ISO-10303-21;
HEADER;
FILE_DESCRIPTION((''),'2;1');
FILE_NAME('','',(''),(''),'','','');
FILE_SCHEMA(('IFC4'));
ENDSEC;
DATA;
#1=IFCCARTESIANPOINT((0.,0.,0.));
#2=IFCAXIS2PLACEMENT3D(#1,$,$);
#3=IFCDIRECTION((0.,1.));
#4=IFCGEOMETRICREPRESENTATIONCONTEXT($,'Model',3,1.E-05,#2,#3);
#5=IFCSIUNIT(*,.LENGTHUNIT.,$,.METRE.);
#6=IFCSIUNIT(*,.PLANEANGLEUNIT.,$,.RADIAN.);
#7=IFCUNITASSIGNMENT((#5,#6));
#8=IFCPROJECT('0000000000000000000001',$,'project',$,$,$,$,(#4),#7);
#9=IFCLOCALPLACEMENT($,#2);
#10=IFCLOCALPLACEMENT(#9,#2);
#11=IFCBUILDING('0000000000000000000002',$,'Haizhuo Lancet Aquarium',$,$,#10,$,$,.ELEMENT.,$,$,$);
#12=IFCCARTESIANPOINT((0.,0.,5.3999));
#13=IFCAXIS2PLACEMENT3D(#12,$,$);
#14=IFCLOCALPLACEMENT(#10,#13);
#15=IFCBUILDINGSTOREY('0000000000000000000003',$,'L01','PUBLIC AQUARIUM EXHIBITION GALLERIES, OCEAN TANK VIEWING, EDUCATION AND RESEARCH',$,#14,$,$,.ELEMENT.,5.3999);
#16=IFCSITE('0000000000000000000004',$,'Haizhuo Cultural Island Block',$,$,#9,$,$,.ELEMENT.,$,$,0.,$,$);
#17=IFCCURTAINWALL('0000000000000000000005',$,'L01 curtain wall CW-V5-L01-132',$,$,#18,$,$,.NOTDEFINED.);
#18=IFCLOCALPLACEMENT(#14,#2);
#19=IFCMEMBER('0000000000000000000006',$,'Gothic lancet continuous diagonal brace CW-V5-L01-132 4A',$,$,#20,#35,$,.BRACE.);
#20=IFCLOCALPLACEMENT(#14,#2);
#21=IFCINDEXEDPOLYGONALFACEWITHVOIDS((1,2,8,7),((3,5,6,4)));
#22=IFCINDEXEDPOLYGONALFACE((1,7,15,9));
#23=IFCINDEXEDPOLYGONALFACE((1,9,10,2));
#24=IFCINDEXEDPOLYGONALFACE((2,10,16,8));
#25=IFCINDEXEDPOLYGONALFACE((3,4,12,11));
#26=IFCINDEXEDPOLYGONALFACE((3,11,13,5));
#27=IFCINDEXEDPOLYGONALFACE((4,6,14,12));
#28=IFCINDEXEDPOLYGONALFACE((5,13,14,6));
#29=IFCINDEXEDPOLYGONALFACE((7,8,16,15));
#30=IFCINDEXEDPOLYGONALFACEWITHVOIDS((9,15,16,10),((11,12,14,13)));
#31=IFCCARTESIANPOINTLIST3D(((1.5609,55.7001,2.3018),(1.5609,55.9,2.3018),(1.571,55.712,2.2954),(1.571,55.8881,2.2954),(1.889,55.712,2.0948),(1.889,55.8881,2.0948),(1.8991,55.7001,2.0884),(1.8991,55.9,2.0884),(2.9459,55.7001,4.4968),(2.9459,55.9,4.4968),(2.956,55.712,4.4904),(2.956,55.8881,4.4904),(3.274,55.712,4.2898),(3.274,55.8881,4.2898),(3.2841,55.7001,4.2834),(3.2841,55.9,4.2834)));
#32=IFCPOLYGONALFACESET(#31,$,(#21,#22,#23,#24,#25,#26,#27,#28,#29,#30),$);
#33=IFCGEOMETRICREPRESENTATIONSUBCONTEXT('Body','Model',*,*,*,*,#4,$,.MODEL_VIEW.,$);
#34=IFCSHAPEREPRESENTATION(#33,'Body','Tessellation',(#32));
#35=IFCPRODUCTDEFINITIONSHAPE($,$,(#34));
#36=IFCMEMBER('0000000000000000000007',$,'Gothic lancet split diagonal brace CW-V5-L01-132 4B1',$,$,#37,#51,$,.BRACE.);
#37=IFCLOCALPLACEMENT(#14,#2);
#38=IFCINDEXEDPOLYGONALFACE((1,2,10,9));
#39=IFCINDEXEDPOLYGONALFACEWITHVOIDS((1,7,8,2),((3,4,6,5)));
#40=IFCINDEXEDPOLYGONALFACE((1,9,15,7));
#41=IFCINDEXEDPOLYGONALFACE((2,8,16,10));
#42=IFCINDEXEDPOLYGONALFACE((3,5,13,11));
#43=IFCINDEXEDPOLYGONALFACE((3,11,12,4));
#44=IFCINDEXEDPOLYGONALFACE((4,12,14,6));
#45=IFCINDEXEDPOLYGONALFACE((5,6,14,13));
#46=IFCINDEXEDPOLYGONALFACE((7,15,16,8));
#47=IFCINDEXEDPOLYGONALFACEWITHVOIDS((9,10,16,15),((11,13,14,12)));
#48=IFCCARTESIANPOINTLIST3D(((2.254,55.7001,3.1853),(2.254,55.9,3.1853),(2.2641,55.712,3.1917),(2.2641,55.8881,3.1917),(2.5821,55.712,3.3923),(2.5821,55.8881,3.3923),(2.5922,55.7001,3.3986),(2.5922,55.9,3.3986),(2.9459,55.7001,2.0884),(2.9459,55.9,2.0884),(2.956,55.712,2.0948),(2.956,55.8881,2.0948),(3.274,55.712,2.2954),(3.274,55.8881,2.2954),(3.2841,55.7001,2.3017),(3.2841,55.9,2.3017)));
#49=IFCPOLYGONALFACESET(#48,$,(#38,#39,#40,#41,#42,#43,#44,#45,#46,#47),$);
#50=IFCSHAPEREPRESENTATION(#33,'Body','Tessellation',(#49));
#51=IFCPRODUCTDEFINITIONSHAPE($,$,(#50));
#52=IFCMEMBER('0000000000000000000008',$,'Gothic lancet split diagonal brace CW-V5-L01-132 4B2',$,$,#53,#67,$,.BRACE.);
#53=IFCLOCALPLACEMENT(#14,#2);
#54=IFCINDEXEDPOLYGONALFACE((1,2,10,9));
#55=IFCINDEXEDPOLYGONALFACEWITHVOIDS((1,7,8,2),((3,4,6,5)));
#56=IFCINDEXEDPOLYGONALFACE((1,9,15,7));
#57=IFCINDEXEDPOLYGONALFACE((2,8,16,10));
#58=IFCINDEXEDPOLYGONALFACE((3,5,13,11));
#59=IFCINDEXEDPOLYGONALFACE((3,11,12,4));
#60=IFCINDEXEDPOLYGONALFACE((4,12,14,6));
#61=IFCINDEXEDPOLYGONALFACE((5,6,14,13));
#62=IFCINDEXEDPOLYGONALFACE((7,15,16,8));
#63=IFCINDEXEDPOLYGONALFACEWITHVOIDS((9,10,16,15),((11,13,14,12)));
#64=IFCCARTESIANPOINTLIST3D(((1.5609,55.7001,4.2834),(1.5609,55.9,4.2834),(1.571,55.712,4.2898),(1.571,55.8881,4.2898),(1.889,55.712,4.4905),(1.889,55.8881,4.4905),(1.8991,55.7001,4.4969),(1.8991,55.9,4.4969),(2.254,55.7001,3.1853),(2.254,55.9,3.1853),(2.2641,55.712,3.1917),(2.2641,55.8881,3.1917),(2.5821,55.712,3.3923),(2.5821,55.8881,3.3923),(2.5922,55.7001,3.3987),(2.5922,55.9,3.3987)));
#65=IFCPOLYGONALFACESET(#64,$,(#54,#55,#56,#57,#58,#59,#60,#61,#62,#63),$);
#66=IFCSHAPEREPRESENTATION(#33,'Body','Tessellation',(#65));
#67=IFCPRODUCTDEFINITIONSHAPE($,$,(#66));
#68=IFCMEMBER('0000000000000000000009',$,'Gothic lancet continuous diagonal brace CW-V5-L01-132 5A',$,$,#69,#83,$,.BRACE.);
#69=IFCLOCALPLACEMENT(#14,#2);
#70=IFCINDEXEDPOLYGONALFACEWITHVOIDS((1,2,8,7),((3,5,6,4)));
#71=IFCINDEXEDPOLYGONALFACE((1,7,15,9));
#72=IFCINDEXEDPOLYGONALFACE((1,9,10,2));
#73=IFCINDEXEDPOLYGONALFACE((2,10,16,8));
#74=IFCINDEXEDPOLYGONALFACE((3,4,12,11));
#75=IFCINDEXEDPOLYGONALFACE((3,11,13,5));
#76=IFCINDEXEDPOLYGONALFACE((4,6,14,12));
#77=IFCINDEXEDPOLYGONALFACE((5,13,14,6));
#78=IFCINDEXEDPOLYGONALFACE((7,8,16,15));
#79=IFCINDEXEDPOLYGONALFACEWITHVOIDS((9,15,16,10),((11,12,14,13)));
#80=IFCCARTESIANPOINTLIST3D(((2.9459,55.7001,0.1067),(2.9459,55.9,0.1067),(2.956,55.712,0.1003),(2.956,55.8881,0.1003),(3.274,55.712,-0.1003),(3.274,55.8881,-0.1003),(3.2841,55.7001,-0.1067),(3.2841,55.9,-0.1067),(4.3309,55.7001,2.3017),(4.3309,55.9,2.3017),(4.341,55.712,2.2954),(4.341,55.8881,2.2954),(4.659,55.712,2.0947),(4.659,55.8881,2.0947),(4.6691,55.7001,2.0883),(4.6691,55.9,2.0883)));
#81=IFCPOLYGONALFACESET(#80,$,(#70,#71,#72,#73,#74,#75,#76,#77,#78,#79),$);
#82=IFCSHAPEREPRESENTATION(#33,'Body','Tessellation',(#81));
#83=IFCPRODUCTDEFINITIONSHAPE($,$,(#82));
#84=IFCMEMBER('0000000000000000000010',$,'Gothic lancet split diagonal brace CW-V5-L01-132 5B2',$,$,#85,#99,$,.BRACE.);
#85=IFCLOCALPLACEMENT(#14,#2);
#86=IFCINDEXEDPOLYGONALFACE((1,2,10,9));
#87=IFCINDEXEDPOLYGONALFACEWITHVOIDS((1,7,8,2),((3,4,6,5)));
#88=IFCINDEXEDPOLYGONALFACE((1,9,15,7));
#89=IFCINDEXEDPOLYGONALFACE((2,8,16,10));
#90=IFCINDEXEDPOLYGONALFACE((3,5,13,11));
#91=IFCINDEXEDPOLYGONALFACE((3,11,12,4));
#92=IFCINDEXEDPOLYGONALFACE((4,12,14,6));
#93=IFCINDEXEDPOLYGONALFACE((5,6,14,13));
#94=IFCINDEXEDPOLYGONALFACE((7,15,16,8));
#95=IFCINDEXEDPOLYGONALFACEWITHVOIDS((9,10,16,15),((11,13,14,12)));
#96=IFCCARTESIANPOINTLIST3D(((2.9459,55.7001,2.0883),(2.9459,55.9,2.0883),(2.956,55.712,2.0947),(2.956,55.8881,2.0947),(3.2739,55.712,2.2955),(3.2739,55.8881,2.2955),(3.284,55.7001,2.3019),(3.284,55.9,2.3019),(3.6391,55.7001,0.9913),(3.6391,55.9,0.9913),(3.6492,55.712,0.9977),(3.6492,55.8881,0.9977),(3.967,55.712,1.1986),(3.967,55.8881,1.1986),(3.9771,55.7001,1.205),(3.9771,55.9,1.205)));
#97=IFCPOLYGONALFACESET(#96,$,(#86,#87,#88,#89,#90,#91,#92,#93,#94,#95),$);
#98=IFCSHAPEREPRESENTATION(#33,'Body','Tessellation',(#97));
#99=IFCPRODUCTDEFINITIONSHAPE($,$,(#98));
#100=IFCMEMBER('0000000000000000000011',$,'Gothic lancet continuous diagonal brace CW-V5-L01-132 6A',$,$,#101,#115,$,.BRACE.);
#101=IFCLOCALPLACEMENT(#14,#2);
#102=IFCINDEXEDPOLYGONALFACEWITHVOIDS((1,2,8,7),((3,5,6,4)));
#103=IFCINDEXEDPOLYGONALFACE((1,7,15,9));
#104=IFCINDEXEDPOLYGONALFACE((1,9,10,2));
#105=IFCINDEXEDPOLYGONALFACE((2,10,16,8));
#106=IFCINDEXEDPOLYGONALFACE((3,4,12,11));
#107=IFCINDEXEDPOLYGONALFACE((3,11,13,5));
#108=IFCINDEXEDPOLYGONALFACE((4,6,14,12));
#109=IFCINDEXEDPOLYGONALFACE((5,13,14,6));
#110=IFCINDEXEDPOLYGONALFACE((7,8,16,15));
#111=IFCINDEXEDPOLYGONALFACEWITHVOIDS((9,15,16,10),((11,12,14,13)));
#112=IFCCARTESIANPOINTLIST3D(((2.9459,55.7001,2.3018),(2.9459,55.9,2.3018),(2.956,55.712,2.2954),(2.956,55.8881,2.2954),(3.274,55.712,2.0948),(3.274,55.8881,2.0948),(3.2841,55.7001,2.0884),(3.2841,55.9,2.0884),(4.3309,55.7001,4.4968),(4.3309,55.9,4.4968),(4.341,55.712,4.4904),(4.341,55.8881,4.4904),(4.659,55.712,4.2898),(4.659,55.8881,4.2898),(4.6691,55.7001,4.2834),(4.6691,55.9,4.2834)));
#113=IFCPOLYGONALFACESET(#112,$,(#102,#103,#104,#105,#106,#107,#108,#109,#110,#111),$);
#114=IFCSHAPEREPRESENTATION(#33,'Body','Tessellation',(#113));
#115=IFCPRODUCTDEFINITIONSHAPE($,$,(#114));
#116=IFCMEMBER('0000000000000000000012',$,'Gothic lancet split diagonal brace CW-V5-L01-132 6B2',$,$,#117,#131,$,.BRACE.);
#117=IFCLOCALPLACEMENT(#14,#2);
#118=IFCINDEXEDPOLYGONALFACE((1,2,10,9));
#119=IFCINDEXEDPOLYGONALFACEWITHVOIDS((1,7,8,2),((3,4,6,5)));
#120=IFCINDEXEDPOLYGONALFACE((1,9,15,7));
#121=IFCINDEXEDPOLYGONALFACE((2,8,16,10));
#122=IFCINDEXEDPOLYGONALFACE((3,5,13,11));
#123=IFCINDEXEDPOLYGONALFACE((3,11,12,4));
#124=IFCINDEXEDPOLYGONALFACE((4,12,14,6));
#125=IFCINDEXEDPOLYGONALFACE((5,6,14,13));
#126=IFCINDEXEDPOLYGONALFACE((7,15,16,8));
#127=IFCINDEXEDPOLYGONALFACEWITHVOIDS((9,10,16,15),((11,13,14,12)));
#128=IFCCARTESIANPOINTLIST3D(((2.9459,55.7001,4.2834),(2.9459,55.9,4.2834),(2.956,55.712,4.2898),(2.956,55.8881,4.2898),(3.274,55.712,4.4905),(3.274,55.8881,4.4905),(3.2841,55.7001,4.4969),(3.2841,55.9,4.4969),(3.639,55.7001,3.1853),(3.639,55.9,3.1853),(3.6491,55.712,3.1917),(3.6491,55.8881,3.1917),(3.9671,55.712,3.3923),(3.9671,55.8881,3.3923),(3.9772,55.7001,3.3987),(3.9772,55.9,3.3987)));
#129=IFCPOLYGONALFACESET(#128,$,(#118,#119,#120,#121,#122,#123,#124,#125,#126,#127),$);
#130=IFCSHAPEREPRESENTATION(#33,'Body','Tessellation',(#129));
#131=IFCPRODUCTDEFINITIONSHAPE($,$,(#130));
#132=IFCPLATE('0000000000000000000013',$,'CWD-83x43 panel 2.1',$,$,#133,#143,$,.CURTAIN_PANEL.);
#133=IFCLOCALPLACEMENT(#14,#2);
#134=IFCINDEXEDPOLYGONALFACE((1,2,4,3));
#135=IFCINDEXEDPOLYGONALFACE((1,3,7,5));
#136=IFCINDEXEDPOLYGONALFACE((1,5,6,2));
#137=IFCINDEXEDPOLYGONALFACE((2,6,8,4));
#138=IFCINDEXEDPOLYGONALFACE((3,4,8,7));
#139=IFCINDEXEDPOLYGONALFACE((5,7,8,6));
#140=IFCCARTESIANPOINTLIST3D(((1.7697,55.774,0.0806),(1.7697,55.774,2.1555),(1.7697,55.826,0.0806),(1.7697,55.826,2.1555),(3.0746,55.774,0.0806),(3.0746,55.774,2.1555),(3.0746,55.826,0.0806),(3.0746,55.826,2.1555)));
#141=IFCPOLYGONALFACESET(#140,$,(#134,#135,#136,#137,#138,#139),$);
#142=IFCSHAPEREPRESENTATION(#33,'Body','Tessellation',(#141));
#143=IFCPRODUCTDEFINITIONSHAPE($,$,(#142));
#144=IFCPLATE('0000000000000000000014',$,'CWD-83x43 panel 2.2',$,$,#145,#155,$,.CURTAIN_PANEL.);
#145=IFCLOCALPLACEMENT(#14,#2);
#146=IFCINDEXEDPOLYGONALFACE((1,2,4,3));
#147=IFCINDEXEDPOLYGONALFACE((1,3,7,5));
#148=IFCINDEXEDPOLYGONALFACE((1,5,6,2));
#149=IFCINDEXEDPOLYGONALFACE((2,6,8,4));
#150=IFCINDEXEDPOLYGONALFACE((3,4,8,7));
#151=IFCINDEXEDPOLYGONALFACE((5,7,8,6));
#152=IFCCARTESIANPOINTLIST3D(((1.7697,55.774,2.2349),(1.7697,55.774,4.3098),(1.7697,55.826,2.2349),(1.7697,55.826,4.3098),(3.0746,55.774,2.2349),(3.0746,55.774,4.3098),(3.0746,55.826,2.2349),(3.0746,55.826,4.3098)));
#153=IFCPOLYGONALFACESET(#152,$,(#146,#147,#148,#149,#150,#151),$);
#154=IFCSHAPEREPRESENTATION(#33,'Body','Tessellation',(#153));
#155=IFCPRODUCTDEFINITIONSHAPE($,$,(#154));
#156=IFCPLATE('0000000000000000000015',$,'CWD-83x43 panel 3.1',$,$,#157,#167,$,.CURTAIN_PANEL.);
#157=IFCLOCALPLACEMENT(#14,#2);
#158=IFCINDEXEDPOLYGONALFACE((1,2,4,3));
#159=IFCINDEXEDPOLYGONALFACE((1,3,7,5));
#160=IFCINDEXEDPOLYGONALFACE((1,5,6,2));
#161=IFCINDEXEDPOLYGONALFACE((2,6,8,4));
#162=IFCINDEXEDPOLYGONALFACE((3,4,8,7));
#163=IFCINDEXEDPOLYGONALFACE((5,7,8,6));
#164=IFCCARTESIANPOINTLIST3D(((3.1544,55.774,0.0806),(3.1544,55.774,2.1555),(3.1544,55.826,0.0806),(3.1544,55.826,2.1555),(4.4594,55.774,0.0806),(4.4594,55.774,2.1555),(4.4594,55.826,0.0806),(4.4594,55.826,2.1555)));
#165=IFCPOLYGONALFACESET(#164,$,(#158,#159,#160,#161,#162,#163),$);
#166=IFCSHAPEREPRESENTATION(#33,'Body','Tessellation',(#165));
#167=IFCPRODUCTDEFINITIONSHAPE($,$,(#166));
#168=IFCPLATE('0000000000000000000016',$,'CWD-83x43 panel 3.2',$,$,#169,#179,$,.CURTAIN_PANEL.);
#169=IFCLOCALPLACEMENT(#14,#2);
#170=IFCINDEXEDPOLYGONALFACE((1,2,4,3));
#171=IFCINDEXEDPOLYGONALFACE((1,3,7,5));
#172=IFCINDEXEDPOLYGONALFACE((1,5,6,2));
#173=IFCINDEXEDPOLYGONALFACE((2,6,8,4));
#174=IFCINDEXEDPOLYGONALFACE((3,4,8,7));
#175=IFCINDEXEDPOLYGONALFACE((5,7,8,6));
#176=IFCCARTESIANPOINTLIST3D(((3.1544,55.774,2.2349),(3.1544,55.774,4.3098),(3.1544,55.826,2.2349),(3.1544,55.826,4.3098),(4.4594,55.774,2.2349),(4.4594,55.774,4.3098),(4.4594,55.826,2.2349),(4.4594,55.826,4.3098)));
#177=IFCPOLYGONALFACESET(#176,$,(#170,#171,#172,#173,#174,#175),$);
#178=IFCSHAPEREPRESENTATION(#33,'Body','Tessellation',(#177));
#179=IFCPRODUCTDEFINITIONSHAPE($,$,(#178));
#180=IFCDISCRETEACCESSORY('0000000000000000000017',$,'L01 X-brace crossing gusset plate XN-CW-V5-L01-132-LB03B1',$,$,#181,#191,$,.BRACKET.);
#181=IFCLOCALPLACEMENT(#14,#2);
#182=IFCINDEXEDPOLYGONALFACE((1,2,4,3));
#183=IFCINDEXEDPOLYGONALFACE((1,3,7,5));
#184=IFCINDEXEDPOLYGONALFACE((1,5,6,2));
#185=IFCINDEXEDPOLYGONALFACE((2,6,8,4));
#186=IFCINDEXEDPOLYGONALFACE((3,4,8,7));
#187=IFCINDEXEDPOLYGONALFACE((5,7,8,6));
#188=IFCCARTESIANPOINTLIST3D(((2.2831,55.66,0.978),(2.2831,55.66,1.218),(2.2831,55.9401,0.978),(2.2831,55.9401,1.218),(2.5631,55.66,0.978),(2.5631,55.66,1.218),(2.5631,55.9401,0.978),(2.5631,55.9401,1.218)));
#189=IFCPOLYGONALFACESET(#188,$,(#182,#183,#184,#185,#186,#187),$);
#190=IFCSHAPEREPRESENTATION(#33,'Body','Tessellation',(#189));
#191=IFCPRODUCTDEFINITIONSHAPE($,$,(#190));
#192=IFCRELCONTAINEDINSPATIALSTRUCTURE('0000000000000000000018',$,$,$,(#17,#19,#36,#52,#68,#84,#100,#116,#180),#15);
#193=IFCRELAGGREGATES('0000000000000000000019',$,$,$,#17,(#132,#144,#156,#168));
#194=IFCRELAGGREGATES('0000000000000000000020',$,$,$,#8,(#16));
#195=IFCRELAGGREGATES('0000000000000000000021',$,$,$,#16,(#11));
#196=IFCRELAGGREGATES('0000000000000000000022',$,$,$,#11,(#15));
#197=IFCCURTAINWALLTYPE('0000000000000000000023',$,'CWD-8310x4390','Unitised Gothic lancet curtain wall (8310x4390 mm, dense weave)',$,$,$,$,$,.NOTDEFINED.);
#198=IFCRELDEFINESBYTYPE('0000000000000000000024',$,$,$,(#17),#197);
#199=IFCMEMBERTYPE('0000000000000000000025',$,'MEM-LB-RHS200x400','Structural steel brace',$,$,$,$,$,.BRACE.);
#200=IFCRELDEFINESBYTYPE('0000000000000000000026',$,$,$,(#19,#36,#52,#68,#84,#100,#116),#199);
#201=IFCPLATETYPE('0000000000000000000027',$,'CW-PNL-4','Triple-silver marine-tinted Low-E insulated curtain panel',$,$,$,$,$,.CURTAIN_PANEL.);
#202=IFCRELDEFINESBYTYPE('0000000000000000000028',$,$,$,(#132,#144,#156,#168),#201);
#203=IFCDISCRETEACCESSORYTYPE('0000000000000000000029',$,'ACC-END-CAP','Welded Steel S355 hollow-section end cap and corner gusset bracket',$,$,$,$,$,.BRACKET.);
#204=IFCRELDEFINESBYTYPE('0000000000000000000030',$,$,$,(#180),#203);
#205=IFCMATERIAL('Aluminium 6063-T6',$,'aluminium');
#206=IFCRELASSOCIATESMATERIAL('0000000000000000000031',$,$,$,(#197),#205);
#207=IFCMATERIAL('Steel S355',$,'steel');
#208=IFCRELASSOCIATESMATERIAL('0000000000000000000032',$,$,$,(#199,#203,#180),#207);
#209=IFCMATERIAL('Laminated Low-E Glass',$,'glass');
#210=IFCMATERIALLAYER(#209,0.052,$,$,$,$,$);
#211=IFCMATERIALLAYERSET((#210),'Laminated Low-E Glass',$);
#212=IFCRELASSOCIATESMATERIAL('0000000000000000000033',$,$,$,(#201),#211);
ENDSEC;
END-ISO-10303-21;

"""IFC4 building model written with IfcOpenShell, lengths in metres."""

from ifc_helpers import new_model, si_unit, direction, frame, origin, origin_2d, place, context, subcontext, project, spatial, rectangle, hollow_rectangle, extrude, material, layer, layer_set, material_profile, profile_set, type_object, element, aggregate, save


model = new_model("IFC4")

# Units and contexts
model_context = context("Model", 3, precision=1e-05, world=origin(), true_north=direction((0.0, 1.0)))
body_context = subcontext(model_context, "Body", "Model", "MODEL_VIEW")
ifc_project = project(units=[si_unit("LENGTHUNIT", "METRE"), si_unit("PLANEANGLEUNIT", "RADIAN")], contexts=[model_context])

# Site, building, storey
site_placement = place(None, origin())
site = spatial("IfcSite", under=ifc_project, at=site_placement, Name="Haizhuo Cultural Island Block", CompositionType="ELEMENT", RefElevation=0.0)
building_placement = place(site_placement, origin())
building = spatial("IfcBuilding", under=site, at=building_placement, Name="Haizhuo Lancet Aquarium", CompositionType="ELEMENT")
storey_placement = place(building_placement, frame((0.0, 0.0, 5.3999)))
storey = spatial("IfcBuildingStorey", under=building, at=storey_placement, Name="L01", Description="PUBLIC AQUARIUM EXHIBITION GALLERIES, OCEAN TANK VIEWING, EDUCATION AND RESEARCH", CompositionType="ELEMENT", Elevation=5.3999)

# Curtain wall
ifc_material_1 = material(Name="Aluminium 6063-T6", Category="aluminium")
curtain_wall_type = type_object("IfcCurtainWallType", Name="CWD-8310x4390", Description="Unitised Gothic lancet curtain wall (8310x4390 mm, dense weave)", PredefinedType="NOTDEFINED", material=ifc_material_1)
curtain_wall_placement = place(storey_placement, origin())
curtain_wall = element("IfcCurtainWall", 1, at=curtain_wall_placement, inside=storey, type_object=curtain_wall_type, Name="L01 curtain wall CW-V5-L01-132", PredefinedType="NOTDEFINED")

# Members
ifc_material_2 = material(Name="Steel S355", Category="steel")
ifc_material_profile_1 = material_profile(ifc_material_2, hollow_rectangle(XDim=0.2, YDim=0.3999, WallThickness=0.012, at=origin_2d()), Name="RHS 200x400x12")
ifc_profile_set_1 = profile_set([ifc_material_profile_1], Name="Steel S355")
member_type_1 = type_object("IfcMemberType", Name="MEM-LB-RHS200x400", Description="Structural steel brace", PredefinedType="BRACE", material=ifc_profile_set_1)
member_1_placement = place(storey_placement, frame((1.73, 55.8, 2.1951), z_axis=(0.533621, 0.0, 0.845724), x_axis=(0.0, 1.0, 0.0)))
element("IfcMember", 2, at=member_1_placement, inside=storey, type_object=member_type_1, Name="Gothic lancet continuous diagonal brace CW-V5-L01-132 4A", PredefinedType="BRACE", context=body_context, shape_type="SweptSolid", body=[
    extrude(hollow_rectangle(XDim=0.2, YDim=0.3999, WallThickness=0.012, at=origin_2d()), origin(), (0.0, 0.0, 1.0), 2.5955),
])
member_2_placement = place(storey_placement, frame((3.115, 55.8, 2.1951), z_axis=(-0.533497, 0.0, 0.845802), x_axis=(0.0, -1.0, 0.0)))
element("IfcMember", 3, at=member_2_placement, inside=storey, type_object=member_type_1, Name="Gothic lancet split diagonal brace CW-V5-L01-132 4B1", PredefinedType="BRACE", context=body_context, shape_type="SweptSolid", body=[
    extrude(hollow_rectangle(XDim=0.2, YDim=0.3999, WallThickness=0.012, at=origin_2d()), origin(), (0.0, 0.0, 1.0), 1.2969),
])
member_3_placement = place(storey_placement, frame((2.4231, 55.8, 3.292), z_axis=(-0.533745, 0.0, 0.845645), x_axis=(0.0, -1.0, 0.0)))
element("IfcMember", 4, at=member_3_placement, inside=storey, type_object=member_type_1, Name="Gothic lancet split diagonal brace CW-V5-L01-132 4B2", PredefinedType="BRACE", context=body_context, shape_type="SweptSolid", body=[
    extrude(hollow_rectangle(XDim=0.2, YDim=0.3999, WallThickness=0.012, at=origin_2d()), origin(), (0.0, 0.0, 1.0), 1.2986),
])
member_4_placement = place(storey_placement, frame((3.115, 55.8, 0.0), z_axis=(0.533621, 0.0, 0.845724), x_axis=(0.0, 1.0, 0.0)))
element("IfcMember", 5, at=member_4_placement, inside=storey, type_object=member_type_1, Name="Gothic lancet continuous diagonal brace CW-V5-L01-132 5A", PredefinedType="BRACE", context=body_context, shape_type="SweptSolid", body=[
    extrude(hollow_rectangle(XDim=0.2, YDim=0.3999, WallThickness=0.012, at=origin_2d()), origin(), (0.0, 0.0, 1.0), 2.5955),
])
member_5_placement = place(storey_placement, frame((3.8081, 55.8, 1.0981), z_axis=(-0.53417, 0.0, 0.845377), x_axis=(0.0, -1.0, 0.0)))
element("IfcMember", 6, at=member_5_placement, inside=storey, type_object=member_type_1, Name="Gothic lancet split diagonal brace CW-V5-L01-132 5B2", PredefinedType="BRACE", context=body_context, shape_type="SweptSolid", body=[
    extrude(hollow_rectangle(XDim=0.2, YDim=0.3999, WallThickness=0.012, at=origin_2d()), origin(), (0.0, 0.0, 1.0), 1.2976),
])
member_6_placement = place(storey_placement, frame((3.115, 55.8, 2.1951), z_axis=(0.533621, 0.0, 0.845724), x_axis=(0.0, 1.0, 0.0)))
element("IfcMember", 7, at=member_6_placement, inside=storey, type_object=member_type_1, Name="Gothic lancet continuous diagonal brace CW-V5-L01-132 6A", PredefinedType="BRACE", context=body_context, shape_type="SweptSolid", body=[
    extrude(hollow_rectangle(XDim=0.2, YDim=0.3999, WallThickness=0.012, at=origin_2d()), origin(), (0.0, 0.0, 1.0), 2.5955),
])
member_7_placement = place(storey_placement, frame((3.8081, 55.8, 3.292), z_axis=(-0.533745, 0.0, 0.845645), x_axis=(0.0, -1.0, 0.0)))
element("IfcMember", 8, at=member_7_placement, inside=storey, type_object=member_type_1, Name="Gothic lancet split diagonal brace CW-V5-L01-132 6B2", PredefinedType="BRACE", context=body_context, shape_type="SweptSolid", body=[
    extrude(hollow_rectangle(XDim=0.2, YDim=0.3999, WallThickness=0.012, at=origin_2d()), origin(), (0.0, 0.0, 1.0), 1.2986),
])

# Plates
ifc_material_3 = material(Name="Laminated Low-E Glass", Category="glass")
ifc_layer = layer(ifc_material_3, 0.052)
ifc_layer_set = layer_set([ifc_layer], Name="Laminated Low-E Glass")
plate_type = type_object("IfcPlateType", Name="CW-PNL-4", Description="Triple-silver marine-tinted Low-E insulated curtain panel", PredefinedType="CURTAIN_PANEL", material=ifc_layer_set)
plate_1_placement = place(storey_placement, frame((2.4221, 55.8, 0.0806), z_axis=(0.0, 0.0, 1.0), x_axis=(1.0, 0.0, 0.0)))
plate_1 = element("IfcPlate", 9, at=plate_1_placement, type_object=plate_type, Name="CWD-83x43 panel 2.1", PredefinedType="CURTAIN_PANEL", context=body_context, shape_type="SweptSolid", body=[
    extrude(rectangle(XDim=1.3049, YDim=0.052, at=origin_2d()), origin(), (0.0, 0.0, 1.0), 2.075),
])
plate_2_placement = place(storey_placement, frame((2.4221, 55.8, 2.2349), z_axis=(0.0, 0.0, 1.0), x_axis=(1.0, 0.0, 0.0)))
plate_2 = element("IfcPlate", 10, at=plate_2_placement, type_object=plate_type, Name="CWD-83x43 panel 2.2", PredefinedType="CURTAIN_PANEL", context=body_context, shape_type="SweptSolid", body=[
    extrude(rectangle(XDim=1.3049, YDim=0.052, at=origin_2d()), origin(), (0.0, 0.0, 1.0), 2.075),
])
plate_3_placement = place(storey_placement, frame((3.8069, 55.8, 0.0806), z_axis=(0.0, 0.0, 1.0), x_axis=(1.0, 0.0, 0.0)))
plate_3 = element("IfcPlate", 11, at=plate_3_placement, type_object=plate_type, Name="CWD-83x43 panel 3.1", PredefinedType="CURTAIN_PANEL", context=body_context, shape_type="SweptSolid", body=[
    extrude(rectangle(XDim=1.3049, YDim=0.052, at=origin_2d()), origin(), (0.0, 0.0, 1.0), 2.075),
])
plate_4_placement = place(storey_placement, frame((3.8069, 55.8, 2.2349), z_axis=(0.0, 0.0, 1.0), x_axis=(1.0, 0.0, 0.0)))
plate_4 = element("IfcPlate", 12, at=plate_4_placement, type_object=plate_type, Name="CWD-83x43 panel 3.2", PredefinedType="CURTAIN_PANEL", context=body_context, shape_type="SweptSolid", body=[
    extrude(rectangle(XDim=1.3049, YDim=0.052, at=origin_2d()), origin(), (0.0, 0.0, 1.0), 2.075),
])
aggregate(curtain_wall, [plate_1, plate_2, plate_3, plate_4])

# Discrete accessory
discrete_accessory_type = type_object("IfcDiscreteAccessoryType", Name="ACC-END-CAP", Description="Welded Steel S355 hollow-section end cap and corner gusset bracket", PredefinedType="BRACKET", material=ifc_material_2)
for number, where, z_axis, x_axis, name in (
    (13, (2.4231, 55.8, 0.978), (0.0, 0.0, 1.0), (1.0, 0.0, 0.0), "L01 X-brace crossing gusset plate XN-CW-V5-L01-132-LB03B1"),
):
    element("IfcDiscreteAccessory", number, at=place(storey_placement, frame(where, z_axis=z_axis, x_axis=x_axis)), inside=storey, type_object=discrete_accessory_type, material=ifc_material_2, Name=name, PredefinedType="BRACKET", context=body_context, shape_type="SweptSolid", body=[
        extrude(rectangle(XDim=0.28, YDim=0.28, at=origin_2d()), origin(), (0.0, 0.0, 1.0), 0.24),
    ])

save(model, "model.ifc")
